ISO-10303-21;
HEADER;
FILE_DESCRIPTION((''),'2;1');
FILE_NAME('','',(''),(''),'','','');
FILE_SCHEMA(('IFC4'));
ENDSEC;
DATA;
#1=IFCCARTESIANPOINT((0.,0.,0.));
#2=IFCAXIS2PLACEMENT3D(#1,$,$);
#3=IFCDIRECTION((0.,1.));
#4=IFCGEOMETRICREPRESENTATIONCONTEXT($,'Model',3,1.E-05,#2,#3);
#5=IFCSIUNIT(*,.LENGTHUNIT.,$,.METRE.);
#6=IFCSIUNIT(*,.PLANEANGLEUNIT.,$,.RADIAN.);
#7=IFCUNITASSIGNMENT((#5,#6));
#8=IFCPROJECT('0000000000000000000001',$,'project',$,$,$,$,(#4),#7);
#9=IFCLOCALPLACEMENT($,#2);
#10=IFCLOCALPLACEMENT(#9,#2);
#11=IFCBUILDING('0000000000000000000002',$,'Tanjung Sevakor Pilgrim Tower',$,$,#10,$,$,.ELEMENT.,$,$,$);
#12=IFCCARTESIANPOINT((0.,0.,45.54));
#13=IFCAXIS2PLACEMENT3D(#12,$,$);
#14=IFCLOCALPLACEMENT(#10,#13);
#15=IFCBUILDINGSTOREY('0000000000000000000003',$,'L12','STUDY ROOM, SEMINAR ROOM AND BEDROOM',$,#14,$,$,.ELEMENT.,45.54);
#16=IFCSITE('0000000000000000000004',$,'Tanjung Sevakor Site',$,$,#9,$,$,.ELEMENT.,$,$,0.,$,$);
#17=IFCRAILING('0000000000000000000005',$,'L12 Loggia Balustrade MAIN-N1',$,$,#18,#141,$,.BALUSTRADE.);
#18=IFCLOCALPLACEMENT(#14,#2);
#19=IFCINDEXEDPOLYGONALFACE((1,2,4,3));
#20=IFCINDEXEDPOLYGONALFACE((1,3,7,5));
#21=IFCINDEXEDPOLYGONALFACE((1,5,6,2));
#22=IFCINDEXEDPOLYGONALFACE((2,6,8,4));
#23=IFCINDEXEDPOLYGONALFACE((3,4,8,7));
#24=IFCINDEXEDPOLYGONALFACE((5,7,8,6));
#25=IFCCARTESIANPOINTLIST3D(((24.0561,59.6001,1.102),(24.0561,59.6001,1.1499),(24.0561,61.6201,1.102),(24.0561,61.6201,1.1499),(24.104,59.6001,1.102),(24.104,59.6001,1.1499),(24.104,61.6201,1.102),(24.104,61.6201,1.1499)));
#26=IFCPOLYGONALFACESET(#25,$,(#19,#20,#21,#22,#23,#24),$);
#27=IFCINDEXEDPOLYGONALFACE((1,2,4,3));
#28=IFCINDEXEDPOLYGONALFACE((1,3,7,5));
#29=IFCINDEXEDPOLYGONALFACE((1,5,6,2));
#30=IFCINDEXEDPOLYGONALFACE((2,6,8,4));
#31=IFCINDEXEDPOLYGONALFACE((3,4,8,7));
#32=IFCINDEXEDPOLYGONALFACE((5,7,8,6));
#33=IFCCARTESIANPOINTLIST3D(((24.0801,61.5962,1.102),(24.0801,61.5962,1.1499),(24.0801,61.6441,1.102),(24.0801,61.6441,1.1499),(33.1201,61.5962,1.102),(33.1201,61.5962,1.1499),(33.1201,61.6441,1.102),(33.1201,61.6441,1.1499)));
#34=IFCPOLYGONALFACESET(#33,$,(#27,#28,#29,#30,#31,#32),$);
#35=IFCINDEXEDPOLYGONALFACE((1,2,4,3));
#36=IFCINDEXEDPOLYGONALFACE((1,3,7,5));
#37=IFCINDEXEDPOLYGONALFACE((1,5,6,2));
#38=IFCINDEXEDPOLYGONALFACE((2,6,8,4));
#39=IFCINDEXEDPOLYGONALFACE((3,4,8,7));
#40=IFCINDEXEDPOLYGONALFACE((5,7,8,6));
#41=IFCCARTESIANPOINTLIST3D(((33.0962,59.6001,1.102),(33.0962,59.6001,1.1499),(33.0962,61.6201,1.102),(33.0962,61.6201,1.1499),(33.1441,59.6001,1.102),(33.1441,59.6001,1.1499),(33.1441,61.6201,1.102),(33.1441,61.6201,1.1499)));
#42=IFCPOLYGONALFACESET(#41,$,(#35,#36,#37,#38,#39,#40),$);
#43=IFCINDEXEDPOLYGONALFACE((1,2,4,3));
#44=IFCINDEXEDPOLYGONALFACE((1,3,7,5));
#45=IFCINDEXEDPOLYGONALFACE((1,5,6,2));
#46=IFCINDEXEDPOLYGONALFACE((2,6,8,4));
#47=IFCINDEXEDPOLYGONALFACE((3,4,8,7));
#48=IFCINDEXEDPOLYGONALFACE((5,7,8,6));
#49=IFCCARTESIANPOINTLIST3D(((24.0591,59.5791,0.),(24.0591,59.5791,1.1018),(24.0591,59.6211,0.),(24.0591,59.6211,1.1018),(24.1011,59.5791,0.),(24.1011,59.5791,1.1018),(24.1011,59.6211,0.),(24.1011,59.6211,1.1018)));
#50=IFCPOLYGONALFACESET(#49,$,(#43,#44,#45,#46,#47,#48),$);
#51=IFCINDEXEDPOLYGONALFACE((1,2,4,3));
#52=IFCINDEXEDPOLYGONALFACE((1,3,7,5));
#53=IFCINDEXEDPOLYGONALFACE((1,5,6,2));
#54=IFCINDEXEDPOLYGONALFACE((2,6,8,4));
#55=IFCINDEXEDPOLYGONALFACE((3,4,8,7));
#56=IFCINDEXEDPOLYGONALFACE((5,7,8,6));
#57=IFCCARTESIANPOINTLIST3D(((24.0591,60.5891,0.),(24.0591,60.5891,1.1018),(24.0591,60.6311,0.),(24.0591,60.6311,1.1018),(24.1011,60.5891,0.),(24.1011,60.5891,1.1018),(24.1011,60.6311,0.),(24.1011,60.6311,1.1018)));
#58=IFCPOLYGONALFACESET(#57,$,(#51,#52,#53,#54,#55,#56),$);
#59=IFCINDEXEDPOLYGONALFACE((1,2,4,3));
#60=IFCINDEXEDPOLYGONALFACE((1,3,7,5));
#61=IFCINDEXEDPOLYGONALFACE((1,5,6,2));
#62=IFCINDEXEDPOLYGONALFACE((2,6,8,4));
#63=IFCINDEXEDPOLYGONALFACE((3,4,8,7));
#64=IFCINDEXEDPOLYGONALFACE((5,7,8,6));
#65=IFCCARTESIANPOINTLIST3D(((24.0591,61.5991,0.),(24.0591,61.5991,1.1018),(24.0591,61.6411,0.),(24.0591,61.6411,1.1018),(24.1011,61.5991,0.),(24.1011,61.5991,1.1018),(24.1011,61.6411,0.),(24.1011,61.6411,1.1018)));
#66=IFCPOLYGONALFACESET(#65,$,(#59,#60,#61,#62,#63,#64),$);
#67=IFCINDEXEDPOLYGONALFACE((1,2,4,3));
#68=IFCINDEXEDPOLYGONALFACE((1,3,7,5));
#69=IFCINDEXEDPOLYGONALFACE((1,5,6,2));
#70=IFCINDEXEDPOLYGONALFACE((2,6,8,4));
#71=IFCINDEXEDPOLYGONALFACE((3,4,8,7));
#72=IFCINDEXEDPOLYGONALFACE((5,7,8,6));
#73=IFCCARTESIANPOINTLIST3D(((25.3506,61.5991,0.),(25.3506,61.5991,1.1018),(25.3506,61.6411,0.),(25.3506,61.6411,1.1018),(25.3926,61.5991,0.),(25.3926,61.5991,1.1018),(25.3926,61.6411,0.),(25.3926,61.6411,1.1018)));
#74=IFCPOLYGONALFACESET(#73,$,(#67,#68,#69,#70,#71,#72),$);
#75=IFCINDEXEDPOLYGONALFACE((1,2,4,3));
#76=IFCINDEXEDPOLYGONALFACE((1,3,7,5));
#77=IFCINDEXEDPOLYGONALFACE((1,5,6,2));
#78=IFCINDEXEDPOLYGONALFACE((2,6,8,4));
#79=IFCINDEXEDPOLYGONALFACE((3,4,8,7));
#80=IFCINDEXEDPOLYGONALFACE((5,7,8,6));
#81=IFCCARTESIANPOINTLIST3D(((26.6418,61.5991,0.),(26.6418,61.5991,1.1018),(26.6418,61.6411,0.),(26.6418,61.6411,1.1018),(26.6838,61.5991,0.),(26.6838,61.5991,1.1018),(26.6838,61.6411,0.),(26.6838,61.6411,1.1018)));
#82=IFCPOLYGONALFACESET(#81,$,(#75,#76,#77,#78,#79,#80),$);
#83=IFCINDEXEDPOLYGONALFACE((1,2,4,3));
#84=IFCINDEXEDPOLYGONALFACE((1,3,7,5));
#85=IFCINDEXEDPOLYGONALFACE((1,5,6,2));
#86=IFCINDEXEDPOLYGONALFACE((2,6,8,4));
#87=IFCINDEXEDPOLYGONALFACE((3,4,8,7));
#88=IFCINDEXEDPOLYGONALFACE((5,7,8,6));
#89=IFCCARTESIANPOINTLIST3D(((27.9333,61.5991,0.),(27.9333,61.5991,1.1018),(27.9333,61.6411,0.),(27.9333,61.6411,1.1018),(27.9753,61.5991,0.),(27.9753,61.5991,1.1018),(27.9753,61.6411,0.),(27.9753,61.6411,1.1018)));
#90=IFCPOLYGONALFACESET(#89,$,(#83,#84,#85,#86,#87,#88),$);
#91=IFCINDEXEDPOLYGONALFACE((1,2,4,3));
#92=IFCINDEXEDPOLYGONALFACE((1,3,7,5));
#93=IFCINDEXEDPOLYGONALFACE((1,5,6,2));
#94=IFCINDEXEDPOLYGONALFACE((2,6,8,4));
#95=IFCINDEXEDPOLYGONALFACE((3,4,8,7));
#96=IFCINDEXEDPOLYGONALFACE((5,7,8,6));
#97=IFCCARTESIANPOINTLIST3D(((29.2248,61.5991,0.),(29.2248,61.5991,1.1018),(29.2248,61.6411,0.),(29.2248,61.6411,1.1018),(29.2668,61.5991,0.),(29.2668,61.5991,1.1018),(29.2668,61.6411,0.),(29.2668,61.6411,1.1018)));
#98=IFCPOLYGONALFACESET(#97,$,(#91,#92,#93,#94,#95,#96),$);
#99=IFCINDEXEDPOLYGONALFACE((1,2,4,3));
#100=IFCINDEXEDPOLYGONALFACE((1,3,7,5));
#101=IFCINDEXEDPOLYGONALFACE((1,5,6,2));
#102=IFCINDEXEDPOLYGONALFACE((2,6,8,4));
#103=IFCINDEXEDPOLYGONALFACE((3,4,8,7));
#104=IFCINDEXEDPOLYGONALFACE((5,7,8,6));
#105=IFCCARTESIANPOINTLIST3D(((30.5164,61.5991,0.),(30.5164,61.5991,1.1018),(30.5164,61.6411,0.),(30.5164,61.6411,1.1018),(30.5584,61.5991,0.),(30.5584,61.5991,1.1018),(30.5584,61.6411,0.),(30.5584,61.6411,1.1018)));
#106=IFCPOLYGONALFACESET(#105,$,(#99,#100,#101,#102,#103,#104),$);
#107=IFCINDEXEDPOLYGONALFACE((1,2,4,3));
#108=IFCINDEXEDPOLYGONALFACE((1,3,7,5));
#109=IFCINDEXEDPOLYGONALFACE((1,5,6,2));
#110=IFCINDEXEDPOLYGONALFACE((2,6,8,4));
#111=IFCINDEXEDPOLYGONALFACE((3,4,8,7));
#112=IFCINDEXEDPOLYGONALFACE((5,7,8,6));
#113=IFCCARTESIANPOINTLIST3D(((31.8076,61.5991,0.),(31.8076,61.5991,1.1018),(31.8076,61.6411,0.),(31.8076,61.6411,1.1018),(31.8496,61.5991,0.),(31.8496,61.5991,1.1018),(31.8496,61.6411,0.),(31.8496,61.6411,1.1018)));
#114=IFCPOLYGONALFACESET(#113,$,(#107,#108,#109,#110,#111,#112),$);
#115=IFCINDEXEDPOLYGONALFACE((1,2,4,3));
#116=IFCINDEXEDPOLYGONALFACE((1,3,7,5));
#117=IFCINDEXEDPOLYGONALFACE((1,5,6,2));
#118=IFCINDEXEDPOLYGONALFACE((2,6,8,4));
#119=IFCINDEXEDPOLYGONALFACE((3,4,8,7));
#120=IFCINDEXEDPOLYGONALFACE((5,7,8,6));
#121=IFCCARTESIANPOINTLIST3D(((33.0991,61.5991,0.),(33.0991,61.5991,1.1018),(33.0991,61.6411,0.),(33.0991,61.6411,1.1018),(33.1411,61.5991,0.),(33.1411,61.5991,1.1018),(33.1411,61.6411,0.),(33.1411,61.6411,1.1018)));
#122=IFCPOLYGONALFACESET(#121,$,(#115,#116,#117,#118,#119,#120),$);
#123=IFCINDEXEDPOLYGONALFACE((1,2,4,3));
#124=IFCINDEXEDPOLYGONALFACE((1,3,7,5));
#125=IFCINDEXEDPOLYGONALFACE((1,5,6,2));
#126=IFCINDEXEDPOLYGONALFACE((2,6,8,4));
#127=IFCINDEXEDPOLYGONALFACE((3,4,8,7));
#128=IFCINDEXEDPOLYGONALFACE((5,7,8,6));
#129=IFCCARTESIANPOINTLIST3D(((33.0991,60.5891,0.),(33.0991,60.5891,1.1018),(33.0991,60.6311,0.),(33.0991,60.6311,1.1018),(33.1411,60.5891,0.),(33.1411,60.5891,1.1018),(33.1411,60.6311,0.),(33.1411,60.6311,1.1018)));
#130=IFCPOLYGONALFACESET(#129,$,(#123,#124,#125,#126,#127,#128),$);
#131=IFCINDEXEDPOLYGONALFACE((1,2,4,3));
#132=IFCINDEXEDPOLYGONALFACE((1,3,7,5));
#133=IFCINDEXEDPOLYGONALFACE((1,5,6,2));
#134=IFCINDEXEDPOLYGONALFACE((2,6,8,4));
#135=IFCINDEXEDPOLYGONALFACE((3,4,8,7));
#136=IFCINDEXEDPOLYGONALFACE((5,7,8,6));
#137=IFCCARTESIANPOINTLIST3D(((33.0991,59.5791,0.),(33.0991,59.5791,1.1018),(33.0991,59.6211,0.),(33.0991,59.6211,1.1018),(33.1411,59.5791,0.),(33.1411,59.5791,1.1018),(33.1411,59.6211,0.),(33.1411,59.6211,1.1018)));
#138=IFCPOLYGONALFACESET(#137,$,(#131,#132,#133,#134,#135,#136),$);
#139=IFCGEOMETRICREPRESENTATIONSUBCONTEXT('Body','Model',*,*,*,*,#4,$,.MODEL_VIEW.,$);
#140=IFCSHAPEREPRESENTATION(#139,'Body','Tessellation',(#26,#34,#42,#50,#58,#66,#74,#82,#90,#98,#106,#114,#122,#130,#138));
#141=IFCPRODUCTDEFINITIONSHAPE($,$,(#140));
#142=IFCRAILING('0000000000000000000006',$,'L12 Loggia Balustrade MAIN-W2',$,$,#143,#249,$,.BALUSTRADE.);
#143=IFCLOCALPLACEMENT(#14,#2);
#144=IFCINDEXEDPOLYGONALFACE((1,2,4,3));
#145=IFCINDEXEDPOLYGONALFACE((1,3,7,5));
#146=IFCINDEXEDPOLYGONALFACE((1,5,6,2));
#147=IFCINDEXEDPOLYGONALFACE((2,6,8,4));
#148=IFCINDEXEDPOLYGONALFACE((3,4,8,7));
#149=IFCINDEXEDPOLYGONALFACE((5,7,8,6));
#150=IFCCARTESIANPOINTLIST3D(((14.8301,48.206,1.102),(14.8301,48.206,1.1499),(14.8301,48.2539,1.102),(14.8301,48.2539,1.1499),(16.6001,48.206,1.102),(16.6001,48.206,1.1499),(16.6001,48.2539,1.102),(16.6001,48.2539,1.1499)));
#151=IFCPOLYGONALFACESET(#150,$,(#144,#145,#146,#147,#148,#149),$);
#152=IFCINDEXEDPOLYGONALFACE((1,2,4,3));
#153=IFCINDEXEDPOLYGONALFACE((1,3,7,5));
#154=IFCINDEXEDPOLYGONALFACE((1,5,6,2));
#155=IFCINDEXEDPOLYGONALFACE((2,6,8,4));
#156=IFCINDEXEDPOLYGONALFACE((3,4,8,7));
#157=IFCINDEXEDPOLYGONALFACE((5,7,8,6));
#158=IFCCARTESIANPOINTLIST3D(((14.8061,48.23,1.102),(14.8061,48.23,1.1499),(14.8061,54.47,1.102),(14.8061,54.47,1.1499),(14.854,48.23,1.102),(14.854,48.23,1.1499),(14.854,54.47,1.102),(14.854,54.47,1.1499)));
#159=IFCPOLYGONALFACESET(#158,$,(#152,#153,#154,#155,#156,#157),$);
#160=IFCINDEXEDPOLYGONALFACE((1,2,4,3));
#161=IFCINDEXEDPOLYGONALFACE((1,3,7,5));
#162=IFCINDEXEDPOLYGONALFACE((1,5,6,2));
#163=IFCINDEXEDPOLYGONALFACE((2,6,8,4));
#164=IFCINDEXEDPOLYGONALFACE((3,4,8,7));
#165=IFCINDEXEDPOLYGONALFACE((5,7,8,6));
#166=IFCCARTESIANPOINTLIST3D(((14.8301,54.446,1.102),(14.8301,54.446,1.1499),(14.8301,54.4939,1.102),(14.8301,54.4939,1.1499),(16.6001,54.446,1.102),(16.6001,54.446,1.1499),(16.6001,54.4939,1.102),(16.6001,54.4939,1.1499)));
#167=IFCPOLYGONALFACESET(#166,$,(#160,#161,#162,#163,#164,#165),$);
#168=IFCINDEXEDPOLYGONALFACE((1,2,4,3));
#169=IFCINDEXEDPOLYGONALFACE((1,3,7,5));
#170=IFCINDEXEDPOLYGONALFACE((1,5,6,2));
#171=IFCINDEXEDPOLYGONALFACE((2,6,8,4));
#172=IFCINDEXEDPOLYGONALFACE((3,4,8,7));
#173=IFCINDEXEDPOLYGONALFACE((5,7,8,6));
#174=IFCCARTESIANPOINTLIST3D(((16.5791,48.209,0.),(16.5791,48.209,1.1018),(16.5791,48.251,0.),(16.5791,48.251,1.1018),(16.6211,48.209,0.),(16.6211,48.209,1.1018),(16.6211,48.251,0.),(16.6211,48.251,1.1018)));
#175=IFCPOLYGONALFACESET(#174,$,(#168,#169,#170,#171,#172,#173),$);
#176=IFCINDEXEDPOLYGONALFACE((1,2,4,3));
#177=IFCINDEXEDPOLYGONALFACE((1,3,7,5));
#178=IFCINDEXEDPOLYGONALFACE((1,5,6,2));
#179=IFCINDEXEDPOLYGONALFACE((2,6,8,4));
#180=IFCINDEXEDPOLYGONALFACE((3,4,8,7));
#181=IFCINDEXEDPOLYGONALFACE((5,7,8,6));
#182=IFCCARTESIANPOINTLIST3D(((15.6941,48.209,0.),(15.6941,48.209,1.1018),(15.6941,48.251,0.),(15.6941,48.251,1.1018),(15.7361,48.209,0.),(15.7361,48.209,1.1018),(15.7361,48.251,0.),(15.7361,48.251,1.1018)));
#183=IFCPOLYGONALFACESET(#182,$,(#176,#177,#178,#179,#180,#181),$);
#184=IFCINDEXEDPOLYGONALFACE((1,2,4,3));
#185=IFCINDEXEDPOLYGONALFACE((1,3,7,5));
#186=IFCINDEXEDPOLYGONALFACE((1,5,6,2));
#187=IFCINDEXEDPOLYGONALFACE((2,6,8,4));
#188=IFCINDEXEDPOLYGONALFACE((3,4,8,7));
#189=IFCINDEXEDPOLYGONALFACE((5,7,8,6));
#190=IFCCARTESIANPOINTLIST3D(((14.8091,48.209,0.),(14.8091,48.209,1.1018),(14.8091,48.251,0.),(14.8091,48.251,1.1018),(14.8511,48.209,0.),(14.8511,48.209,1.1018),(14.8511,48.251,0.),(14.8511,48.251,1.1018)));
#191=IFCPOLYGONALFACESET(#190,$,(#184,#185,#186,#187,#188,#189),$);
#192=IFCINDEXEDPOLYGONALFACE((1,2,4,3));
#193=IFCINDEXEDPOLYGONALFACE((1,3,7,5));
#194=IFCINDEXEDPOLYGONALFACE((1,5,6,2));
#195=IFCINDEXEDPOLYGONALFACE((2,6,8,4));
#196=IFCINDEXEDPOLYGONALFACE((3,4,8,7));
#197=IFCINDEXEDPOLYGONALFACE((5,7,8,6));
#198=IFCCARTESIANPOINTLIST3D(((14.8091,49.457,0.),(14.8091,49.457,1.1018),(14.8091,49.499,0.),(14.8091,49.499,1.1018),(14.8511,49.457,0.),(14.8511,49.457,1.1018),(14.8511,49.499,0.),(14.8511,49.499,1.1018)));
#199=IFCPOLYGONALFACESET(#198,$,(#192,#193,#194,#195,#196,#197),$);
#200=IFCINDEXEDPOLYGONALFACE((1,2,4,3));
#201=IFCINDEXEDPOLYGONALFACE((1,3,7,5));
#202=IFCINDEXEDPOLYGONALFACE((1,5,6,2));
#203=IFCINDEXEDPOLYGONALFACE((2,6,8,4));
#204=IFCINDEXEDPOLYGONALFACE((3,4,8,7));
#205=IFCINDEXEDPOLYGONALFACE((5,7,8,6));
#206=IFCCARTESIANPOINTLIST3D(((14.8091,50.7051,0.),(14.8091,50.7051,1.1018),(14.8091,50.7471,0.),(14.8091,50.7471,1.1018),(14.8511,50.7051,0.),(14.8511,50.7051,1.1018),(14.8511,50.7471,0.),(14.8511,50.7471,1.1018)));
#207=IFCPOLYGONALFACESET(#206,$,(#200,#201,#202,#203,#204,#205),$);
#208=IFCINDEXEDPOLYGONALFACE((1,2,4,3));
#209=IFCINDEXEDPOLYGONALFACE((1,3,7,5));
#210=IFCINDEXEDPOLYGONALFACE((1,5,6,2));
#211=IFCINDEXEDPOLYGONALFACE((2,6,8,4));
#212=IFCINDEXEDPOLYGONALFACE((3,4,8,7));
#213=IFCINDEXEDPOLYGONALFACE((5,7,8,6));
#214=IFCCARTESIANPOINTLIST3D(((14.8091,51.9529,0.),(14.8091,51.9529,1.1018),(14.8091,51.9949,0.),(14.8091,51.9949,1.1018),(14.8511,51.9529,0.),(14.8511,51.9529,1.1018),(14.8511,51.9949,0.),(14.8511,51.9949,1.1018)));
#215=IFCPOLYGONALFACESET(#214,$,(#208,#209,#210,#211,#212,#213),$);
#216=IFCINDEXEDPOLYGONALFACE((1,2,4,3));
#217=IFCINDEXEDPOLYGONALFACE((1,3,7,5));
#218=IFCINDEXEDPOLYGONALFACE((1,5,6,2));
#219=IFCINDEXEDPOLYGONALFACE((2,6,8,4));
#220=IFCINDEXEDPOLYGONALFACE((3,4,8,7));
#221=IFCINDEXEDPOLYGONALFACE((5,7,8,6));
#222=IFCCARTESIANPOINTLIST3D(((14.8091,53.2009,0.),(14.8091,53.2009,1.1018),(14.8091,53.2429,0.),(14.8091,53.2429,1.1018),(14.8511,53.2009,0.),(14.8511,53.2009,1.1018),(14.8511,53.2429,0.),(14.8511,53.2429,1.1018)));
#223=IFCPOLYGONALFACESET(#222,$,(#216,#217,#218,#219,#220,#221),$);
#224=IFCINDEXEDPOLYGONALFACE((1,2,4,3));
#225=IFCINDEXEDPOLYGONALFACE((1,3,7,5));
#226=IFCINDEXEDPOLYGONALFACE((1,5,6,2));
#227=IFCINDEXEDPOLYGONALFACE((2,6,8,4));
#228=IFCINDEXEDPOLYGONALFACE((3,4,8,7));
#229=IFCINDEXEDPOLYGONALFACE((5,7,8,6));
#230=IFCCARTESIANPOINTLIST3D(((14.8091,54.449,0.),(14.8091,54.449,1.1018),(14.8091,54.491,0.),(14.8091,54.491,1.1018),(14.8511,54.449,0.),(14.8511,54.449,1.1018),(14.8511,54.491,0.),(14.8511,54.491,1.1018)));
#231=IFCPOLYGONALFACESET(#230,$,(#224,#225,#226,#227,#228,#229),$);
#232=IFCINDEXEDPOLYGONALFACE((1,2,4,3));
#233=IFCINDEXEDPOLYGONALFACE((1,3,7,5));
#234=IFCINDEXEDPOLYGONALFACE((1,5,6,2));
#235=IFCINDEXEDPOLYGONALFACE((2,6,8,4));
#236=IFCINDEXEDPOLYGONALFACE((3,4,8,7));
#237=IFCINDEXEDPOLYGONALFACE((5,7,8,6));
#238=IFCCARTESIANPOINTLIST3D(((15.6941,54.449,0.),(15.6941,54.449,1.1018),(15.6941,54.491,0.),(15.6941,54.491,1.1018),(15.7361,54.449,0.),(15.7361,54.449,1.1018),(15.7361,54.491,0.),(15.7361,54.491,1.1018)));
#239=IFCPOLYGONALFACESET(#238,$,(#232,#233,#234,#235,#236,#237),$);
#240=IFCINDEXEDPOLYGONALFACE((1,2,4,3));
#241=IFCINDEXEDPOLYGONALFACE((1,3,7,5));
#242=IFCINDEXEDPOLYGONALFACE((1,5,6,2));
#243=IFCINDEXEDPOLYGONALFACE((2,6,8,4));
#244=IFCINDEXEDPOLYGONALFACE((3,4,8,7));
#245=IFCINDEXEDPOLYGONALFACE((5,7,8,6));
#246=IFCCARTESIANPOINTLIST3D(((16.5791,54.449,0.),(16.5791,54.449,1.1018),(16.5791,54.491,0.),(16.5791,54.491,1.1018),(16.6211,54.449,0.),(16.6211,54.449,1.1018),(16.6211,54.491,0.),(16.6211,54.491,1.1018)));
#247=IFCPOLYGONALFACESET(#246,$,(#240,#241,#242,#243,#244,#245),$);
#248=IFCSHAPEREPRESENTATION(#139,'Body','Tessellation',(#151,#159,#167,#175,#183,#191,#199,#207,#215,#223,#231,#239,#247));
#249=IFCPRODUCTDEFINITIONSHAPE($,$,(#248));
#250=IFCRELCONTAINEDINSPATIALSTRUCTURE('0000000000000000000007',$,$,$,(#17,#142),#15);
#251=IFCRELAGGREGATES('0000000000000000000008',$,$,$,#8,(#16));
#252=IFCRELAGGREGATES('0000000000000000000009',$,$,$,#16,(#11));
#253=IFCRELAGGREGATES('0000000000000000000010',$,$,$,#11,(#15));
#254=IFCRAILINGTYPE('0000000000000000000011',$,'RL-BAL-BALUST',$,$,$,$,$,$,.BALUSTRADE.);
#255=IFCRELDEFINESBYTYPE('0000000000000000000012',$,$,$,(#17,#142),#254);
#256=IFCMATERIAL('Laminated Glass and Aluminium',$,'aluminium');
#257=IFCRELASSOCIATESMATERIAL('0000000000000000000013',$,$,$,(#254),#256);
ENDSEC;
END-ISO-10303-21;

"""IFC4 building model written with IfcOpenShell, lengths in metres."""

from ifc_helpers import new_model, si_unit, direction, frame, origin, place, context, subcontext, project, spatial, rectangle, extrude, material, type_object, element, save


model = new_model("IFC4")

# Units and contexts
model_context = context("Model", 3, precision=1e-05, world=origin(), true_north=direction((0.0, 1.0)))
body_context = subcontext(model_context, "Body", "Model", "MODEL_VIEW")
ifc_project = project(units=[si_unit("LENGTHUNIT", "METRE"), si_unit("PLANEANGLEUNIT", "RADIAN")], contexts=[model_context])

# Site, building, storey
site_placement = place(None, origin())
site = spatial("IfcSite", under=ifc_project, at=site_placement, Name="Tanjung Sevakor Site", CompositionType="ELEMENT", RefElevation=0.0)
building_placement = place(site_placement, origin())
building = spatial("IfcBuilding", under=site, at=building_placement, Name="Tanjung Sevakor Pilgrim Tower", CompositionType="ELEMENT")
storey_placement = place(building_placement, frame((0.0, 0.0, 45.54)))
storey = spatial("IfcBuildingStorey", under=building, at=storey_placement, Name="L12", Description="STUDY ROOM, SEMINAR ROOM AND BEDROOM", CompositionType="ELEMENT", Elevation=45.54)

# Railings
ifc_material_1 = material(Name="Laminated Glass and Aluminium", Category="aluminium")
railing_type = type_object("IfcRailingType", Name="RL-BAL-BALUST", PredefinedType="BALUSTRADE", material=ifc_material_1)
railing_1_placement = place(storey_placement, frame((24.0801, 59.6001, 0.0)))
element("IfcRailing", 1, at=railing_1_placement, inside=storey, type_object=railing_type, Name="L12 Loggia Balustrade MAIN-N1", PredefinedType="BALUSTRADE", context=body_context, shape_type="SweptSolid", body=[
    extrude(rectangle(XDim=0.0479, YDim=0.0479), frame((0.0, 0.0, 1.126), z_axis=(0.0, 1.0, 0.0), x_axis=(-1.0, 0.0, 0.0)), (0.0, 0.0, 1.0), 2.02),
    extrude(rectangle(XDim=0.0479, YDim=0.0479), frame((0.0, 2.02, 1.126), z_axis=(1.0, 0.0, 0.0), x_axis=(0.0, 1.0, 0.0)), (0.0, 0.0, 1.0), 9.04),
    extrude(rectangle(XDim=0.0479, YDim=0.0479), frame((9.04, 2.02, 1.126), z_axis=(0.0, -1.0, 0.0), x_axis=(1.0, 0.0, 0.0)), (0.0, 0.0, 1.0), 2.02),
    extrude(rectangle(XDim=0.042, YDim=0.042), origin(), (0.0, 0.0, 1.0), 1.1018),
    extrude(rectangle(XDim=0.042, YDim=0.042), frame((0.0, 1.01, 0.0)), (0.0, 0.0, 1.0), 1.1018),
    extrude(rectangle(XDim=0.042, YDim=0.042), frame((0.0, 2.02, 0.0)), (0.0, 0.0, 1.0), 1.1018),
    extrude(rectangle(XDim=0.042, YDim=0.042), frame((1.2915, 2.02, 0.0)), (0.0, 0.0, 1.0), 1.1018),
    extrude(rectangle(XDim=0.042, YDim=0.042), frame((2.5828, 2.02, 0.0)), (0.0, 0.0, 1.0), 1.1018),
    extrude(rectangle(XDim=0.042, YDim=0.042), frame((3.8743, 2.02, 0.0)), (0.0, 0.0, 1.0), 1.1018),
    extrude(rectangle(XDim=0.042, YDim=0.042), frame((5.1658, 2.02, 0.0)), (0.0, 0.0, 1.0), 1.1018),
    extrude(rectangle(XDim=0.042, YDim=0.042), frame((6.4573, 2.02, 0.0)), (0.0, 0.0, 1.0), 1.1018),
    extrude(rectangle(XDim=0.042, YDim=0.042), frame((7.7485, 2.02, 0.0)), (0.0, 0.0, 1.0), 1.1018),
    extrude(rectangle(XDim=0.042, YDim=0.042), frame((9.04, 2.02, 0.0)), (0.0, 0.0, 1.0), 1.1018),
    extrude(rectangle(XDim=0.042, YDim=0.042), frame((9.04, 1.01, 0.0)), (0.0, 0.0, 1.0), 1.1018),
    extrude(rectangle(XDim=0.042, YDim=0.042), frame((9.04, 0.0, 0.0)), (0.0, 0.0, 1.0), 1.1018),
])
railing_2_placement = place(storey_placement, frame((16.6001, 48.23, 0.0)))
element("IfcRailing", 2, at=railing_2_placement, inside=storey, type_object=railing_type, Name="L12 Loggia Balustrade MAIN-W2", PredefinedType="BALUSTRADE", context=body_context, shape_type="SweptSolid", body=[
    extrude(rectangle(XDim=0.0479, YDim=0.0479), frame((0.0, 0.0, 1.126), z_axis=(-1.0, 0.0, 0.0), x_axis=(0.0, -1.0, 0.0)), (0.0, 0.0, 1.0), 1.77),
    extrude(rectangle(XDim=0.0479, YDim=0.0479), frame((-1.77, 0.0, 1.126), z_axis=(0.0, 1.0, 0.0), x_axis=(-1.0, 0.0, 0.0)), (0.0, 0.0, 1.0), 6.24),
    extrude(rectangle(XDim=0.0479, YDim=0.0479), frame((-1.77, 6.24, 1.126), z_axis=(1.0, 0.0, 0.0), x_axis=(0.0, 1.0, 0.0)), (0.0, 0.0, 1.0), 1.77),
    extrude(rectangle(XDim=0.042, YDim=0.042), origin(), (0.0, 0.0, 1.0), 1.1018),
    extrude(rectangle(XDim=0.042, YDim=0.042), frame((-0.885, 0.0, 0.0)), (0.0, 0.0, 1.0), 1.1018),
    extrude(rectangle(XDim=0.042, YDim=0.042), frame((-1.77, 0.0, 0.0)), (0.0, 0.0, 1.0), 1.1018),
    extrude(rectangle(XDim=0.042, YDim=0.042), frame((-1.77, 1.248, 0.0)), (0.0, 0.0, 1.0), 1.1018),
    extrude(rectangle(XDim=0.042, YDim=0.042), frame((-1.77, 2.4961, 0.0)), (0.0, 0.0, 1.0), 1.1018),
    extrude(rectangle(XDim=0.042, YDim=0.042), frame((-1.77, 3.7439, 0.0)), (0.0, 0.0, 1.0), 1.1018),
    extrude(rectangle(XDim=0.042, YDim=0.042), frame((-1.77, 4.9919, 0.0)), (0.0, 0.0, 1.0), 1.1018),
    extrude(rectangle(XDim=0.042, YDim=0.042), frame((-1.77, 6.24, 0.0)), (0.0, 0.0, 1.0), 1.1018),
    extrude(rectangle(XDim=0.042, YDim=0.042), frame((-0.885, 6.24, 0.0)), (0.0, 0.0, 1.0), 1.1018),
    extrude(rectangle(XDim=0.042, YDim=0.042), frame((0.0, 6.24, 0.0)), (0.0, 0.0, 1.0), 1.1018),
])

save(model, "model.ifc")
